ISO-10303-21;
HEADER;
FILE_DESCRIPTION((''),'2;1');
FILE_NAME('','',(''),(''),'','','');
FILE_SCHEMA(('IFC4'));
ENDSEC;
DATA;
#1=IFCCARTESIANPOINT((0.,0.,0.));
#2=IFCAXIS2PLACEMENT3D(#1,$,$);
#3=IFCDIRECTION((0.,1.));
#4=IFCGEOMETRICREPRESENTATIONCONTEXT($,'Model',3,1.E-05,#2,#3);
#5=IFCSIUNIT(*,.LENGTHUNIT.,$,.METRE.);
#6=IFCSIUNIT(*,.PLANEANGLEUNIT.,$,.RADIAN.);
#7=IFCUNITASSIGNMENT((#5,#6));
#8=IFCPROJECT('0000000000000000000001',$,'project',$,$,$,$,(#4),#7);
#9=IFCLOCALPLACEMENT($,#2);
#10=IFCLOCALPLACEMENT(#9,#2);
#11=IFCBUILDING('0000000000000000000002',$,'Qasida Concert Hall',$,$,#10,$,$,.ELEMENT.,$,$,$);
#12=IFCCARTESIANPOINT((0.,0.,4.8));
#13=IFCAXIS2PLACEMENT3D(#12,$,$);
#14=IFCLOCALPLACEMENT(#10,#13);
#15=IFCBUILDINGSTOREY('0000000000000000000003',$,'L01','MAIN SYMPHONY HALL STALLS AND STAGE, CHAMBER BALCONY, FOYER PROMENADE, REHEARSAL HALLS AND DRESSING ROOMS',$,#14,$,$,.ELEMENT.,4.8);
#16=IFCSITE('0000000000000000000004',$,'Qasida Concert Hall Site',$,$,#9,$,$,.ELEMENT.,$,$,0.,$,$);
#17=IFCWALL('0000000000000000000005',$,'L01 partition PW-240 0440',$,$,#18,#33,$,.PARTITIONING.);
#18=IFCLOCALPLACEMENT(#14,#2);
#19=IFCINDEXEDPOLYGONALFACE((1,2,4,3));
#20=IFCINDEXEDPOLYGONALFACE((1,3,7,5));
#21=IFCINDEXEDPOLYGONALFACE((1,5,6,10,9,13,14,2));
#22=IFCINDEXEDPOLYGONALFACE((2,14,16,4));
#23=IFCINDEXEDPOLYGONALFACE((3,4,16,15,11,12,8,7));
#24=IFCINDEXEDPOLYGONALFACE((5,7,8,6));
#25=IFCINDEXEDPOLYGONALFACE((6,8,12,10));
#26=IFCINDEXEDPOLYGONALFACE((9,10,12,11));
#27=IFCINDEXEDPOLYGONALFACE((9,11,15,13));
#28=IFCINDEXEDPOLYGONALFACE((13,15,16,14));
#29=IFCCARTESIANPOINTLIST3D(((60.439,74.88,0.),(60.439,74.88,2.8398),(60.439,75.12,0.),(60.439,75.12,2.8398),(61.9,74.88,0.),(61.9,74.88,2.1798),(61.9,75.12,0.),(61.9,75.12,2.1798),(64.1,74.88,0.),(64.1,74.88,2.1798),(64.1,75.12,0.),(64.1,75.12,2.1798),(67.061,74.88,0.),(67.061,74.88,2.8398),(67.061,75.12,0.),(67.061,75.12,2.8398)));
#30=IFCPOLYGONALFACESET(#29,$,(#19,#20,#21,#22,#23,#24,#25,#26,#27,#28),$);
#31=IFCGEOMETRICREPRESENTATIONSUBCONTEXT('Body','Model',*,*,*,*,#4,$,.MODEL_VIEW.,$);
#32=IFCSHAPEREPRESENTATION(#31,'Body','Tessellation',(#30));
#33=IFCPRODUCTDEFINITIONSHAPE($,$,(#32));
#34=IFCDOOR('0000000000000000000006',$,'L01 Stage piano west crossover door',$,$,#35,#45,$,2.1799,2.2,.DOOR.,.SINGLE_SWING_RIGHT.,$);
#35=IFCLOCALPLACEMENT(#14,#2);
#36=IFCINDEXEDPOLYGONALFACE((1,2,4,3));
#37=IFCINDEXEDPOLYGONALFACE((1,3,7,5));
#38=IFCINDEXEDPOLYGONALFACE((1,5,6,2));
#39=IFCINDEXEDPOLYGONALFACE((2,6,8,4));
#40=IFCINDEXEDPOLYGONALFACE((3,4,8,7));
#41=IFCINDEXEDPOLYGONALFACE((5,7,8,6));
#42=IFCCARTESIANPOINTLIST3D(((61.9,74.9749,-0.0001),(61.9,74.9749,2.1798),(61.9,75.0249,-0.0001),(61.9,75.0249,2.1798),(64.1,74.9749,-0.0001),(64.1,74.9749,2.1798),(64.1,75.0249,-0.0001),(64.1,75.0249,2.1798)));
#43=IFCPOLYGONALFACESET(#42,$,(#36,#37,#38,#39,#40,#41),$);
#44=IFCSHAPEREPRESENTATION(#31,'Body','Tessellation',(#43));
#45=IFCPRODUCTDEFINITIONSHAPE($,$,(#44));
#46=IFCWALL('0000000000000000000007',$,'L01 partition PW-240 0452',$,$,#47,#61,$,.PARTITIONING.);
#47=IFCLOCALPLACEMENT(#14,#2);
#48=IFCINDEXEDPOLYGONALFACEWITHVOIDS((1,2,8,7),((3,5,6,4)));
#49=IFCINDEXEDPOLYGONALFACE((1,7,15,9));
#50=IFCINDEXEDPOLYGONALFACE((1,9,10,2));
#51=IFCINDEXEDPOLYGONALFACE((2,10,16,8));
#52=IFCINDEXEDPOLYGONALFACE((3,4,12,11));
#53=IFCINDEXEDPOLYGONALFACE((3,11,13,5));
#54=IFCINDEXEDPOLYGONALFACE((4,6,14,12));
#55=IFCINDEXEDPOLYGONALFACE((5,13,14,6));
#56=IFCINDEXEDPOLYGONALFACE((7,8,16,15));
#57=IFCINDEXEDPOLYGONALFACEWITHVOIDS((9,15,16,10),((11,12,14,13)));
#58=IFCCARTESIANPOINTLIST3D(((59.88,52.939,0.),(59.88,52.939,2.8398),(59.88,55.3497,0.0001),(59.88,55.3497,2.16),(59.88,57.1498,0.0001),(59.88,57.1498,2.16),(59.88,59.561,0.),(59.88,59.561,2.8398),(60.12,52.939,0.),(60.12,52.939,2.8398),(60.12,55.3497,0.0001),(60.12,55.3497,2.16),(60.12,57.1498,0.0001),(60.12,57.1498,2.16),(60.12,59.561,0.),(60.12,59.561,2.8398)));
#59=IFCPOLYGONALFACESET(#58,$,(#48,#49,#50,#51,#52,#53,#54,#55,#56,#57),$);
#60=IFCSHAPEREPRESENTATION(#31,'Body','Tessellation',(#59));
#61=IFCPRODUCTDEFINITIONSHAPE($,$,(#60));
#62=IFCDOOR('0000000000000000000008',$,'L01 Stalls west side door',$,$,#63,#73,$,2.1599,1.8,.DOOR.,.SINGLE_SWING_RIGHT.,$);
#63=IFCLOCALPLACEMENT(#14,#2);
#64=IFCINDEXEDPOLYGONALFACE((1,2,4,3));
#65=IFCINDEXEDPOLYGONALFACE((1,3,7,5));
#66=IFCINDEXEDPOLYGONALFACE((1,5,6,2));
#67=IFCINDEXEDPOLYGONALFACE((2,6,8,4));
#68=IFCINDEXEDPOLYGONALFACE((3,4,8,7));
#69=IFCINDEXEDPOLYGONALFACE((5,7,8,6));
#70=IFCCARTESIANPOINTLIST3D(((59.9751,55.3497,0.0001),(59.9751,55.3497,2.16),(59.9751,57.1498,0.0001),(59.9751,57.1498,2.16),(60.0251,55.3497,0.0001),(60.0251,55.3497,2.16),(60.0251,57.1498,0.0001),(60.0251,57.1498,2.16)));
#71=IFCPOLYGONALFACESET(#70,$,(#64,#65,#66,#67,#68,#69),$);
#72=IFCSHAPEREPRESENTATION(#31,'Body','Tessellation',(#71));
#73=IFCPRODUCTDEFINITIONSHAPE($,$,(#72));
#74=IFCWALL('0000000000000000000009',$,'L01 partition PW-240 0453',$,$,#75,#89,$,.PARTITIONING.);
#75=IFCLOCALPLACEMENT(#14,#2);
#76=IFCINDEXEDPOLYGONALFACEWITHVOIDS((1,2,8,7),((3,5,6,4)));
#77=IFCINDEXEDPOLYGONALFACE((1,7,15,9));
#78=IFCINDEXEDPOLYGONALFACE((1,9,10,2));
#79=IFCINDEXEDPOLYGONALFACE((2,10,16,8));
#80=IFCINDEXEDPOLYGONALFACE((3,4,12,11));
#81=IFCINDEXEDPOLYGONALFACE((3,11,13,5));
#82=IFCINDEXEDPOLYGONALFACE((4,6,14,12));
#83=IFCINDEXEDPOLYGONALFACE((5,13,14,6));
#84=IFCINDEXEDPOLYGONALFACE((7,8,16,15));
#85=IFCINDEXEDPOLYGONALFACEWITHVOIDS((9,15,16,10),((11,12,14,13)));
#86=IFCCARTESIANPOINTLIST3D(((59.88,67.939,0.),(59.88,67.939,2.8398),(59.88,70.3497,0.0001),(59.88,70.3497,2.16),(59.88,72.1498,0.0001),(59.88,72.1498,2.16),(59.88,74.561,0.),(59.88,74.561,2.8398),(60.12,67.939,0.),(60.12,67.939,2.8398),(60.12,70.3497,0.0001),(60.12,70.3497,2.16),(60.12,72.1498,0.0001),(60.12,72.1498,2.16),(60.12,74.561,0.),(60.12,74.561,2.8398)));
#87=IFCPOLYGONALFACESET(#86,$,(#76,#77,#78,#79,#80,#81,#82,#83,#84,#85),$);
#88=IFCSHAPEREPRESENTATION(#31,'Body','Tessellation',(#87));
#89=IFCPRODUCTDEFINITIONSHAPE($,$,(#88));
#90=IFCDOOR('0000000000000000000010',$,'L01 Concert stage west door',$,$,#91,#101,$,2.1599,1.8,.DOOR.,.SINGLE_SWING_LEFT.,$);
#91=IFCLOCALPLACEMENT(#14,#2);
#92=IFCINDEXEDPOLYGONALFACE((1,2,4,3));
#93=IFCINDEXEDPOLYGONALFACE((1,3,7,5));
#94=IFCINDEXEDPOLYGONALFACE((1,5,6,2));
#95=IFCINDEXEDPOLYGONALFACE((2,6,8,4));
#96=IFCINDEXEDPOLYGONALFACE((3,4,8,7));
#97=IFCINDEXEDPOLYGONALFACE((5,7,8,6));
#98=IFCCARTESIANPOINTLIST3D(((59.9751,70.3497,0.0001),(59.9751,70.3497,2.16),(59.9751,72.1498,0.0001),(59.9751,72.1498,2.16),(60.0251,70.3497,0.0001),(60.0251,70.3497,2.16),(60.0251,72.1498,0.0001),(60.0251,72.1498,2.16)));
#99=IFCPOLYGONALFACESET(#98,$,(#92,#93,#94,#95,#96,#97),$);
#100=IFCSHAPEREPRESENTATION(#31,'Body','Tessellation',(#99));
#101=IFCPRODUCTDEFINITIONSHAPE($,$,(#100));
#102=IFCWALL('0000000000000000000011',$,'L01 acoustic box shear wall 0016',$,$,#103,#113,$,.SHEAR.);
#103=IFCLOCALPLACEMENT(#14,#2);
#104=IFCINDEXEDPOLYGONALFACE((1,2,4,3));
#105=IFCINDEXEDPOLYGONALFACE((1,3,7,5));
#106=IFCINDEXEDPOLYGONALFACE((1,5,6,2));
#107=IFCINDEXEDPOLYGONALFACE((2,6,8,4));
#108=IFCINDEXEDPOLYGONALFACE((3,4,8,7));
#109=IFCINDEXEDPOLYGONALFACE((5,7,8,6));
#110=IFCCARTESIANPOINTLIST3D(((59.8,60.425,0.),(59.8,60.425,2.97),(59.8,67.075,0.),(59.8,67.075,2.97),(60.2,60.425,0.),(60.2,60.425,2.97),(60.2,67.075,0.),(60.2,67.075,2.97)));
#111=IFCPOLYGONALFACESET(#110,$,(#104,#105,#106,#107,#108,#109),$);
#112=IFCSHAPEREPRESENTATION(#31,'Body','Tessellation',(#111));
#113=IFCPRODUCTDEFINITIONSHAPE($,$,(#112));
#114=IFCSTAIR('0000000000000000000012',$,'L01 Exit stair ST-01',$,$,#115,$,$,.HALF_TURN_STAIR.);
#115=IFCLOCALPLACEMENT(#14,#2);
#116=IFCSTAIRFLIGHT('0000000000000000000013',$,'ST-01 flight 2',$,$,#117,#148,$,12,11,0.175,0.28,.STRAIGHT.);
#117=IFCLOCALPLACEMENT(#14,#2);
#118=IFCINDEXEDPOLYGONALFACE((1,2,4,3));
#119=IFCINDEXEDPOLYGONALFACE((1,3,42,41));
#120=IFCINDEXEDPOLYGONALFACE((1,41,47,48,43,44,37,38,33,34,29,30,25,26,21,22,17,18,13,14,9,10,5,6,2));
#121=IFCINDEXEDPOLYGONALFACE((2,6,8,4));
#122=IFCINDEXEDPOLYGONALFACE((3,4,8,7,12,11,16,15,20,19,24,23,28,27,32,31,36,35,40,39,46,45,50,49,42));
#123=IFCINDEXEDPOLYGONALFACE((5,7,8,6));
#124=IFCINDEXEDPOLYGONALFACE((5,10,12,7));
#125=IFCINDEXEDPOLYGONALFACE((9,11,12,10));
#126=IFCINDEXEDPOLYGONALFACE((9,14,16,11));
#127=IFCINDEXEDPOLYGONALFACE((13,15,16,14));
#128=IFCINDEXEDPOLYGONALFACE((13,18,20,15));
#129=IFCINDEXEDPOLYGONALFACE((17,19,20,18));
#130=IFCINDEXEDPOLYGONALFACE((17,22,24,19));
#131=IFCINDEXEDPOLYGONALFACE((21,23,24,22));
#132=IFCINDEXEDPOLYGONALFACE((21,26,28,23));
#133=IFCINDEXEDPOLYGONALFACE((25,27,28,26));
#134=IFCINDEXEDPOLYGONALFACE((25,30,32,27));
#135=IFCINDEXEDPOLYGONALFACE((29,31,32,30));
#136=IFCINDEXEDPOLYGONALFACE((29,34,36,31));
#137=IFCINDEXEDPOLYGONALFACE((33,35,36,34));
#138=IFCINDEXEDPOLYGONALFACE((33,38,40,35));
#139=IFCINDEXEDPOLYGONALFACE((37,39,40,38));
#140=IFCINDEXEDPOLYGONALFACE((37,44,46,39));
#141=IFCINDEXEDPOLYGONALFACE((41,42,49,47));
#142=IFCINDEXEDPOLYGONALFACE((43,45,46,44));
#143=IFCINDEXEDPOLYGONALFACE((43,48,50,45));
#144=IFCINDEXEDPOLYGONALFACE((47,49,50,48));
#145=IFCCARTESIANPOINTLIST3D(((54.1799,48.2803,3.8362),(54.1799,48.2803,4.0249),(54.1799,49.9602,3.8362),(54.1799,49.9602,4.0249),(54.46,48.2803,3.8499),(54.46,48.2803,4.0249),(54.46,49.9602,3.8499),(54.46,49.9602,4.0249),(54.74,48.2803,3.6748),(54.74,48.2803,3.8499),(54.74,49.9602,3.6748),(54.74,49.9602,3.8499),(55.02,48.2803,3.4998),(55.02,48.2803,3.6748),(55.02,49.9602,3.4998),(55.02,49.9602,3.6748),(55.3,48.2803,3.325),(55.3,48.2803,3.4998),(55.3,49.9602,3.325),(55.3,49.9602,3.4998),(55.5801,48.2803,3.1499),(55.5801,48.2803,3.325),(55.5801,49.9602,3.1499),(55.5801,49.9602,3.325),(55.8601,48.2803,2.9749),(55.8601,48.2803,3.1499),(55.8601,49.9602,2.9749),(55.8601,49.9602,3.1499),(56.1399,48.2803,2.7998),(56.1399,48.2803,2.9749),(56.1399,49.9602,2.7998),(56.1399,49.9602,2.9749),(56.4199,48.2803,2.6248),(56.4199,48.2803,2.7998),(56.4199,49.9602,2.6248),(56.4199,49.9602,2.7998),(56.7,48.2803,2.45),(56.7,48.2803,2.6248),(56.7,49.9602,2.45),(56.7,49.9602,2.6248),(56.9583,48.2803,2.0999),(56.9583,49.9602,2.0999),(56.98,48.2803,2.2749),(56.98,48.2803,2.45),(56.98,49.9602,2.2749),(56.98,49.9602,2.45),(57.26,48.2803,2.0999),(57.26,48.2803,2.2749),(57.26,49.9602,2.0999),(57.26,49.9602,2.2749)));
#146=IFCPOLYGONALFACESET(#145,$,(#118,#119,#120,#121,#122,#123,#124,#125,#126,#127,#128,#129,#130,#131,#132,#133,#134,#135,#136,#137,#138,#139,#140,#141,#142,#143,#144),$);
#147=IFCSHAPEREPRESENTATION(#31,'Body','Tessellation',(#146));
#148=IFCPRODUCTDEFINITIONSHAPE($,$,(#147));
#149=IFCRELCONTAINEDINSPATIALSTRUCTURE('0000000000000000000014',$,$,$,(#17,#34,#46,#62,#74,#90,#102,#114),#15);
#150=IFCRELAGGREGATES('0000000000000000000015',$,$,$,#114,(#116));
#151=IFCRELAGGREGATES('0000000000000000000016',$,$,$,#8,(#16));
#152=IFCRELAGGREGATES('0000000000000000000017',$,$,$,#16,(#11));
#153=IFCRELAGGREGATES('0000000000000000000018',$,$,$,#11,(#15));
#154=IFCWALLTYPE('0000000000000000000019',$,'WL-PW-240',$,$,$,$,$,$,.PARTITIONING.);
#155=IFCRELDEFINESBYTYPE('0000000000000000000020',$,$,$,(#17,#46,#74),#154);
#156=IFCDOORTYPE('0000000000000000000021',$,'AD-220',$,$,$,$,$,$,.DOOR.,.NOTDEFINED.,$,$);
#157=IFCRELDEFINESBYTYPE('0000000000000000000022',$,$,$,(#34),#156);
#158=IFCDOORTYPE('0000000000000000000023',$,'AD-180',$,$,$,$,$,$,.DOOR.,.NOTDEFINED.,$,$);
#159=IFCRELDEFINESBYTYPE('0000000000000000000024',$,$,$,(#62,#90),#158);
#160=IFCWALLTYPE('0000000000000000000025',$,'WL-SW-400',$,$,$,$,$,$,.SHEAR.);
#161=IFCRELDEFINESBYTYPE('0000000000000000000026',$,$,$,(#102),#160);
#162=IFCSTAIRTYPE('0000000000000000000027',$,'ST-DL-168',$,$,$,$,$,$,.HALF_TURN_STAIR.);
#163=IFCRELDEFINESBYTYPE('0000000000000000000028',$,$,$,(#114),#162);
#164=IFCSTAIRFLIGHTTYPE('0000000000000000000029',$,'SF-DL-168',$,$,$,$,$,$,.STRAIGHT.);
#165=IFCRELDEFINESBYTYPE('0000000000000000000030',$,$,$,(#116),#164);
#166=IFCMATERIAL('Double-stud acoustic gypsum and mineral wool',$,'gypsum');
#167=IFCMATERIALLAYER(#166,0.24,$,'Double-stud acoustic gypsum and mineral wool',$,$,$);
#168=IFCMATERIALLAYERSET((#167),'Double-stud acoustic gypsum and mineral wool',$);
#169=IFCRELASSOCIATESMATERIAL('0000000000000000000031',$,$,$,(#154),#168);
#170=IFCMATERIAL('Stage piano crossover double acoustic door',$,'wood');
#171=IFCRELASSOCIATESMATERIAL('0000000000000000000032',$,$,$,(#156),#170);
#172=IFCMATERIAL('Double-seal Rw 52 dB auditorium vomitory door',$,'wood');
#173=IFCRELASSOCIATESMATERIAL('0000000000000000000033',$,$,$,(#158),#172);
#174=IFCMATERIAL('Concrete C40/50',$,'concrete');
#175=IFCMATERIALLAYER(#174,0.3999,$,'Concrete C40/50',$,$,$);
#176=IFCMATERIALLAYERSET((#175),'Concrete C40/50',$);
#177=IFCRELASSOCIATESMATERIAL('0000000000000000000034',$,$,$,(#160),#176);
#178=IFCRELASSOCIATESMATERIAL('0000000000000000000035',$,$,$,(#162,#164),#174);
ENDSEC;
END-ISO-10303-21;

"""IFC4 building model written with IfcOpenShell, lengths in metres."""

from ifc_helpers import new_model, si_unit, direction, frame, frame_2d, origin, place, context, subcontext, project, spatial, polyline, rectangle, outline, extrude, material, layer, layer_set, type_object, element, fill, aggregate, save


model = new_model("IFC4")

# Units and contexts
model_context = context("Model", 3, precision=1e-05, world=origin(), true_north=direction((0.0, 1.0)))
body_context = subcontext(model_context, "Body", "Model", "MODEL_VIEW")
ifc_project = project(units=[si_unit("LENGTHUNIT", "METRE"), si_unit("PLANEANGLEUNIT", "RADIAN")], contexts=[model_context])

# Site, building, storey
site_placement = place(None, origin())
site = spatial("IfcSite", under=ifc_project, at=site_placement, Name="Qasida Concert Hall Site", CompositionType="ELEMENT", RefElevation=0.0)
building_placement = place(site_placement, origin())
building = spatial("IfcBuilding", under=site, at=building_placement, Name="Qasida Concert Hall", CompositionType="ELEMENT")
storey_placement = place(building_placement, frame((0.0, 0.0, 4.8)))
storey = spatial("IfcBuildingStorey", under=building, at=storey_placement, Name="L01", Description="MAIN SYMPHONY HALL STALLS AND STAGE, CHAMBER BALCONY, FOYER PROMENADE, REHEARSAL HALLS AND DRESSING ROOMS", CompositionType="ELEMENT", Elevation=4.8)

# Shared definitions
ifc_material_1 = material(Name="Concrete C40/50", Category="concrete")

# Walls, openings, doors
ifc_material_2 = material(Name="Double-stud acoustic gypsum and mineral wool", Category="gypsum")
ifc_layer_1 = layer(ifc_material_2, 0.24, Name="Double-stud acoustic gypsum and mineral wool")
ifc_layer_set_1 = layer_set([ifc_layer_1], Name="Double-stud acoustic gypsum and mineral wool")
wall_type_1 = type_object("IfcWallType", Name="WL-PW-240", PredefinedType="PARTITIONING", material=ifc_layer_set_1)
wall_1_placement = place(storey_placement, frame((60.439, 75.0, 0.0), z_axis=(0.0, 0.0, 1.0), x_axis=(1.0, 0.0, 0.0)))
wall_1 = element("IfcWall", 1, at=wall_1_placement, inside=storey, type_object=wall_type_1, Name="L01 partition PW-240 0440", PredefinedType="PARTITIONING", context=body_context, shape_type="SweptSolid", body=[
    extrude(rectangle(XDim=6.6221, YDim=0.24, at=frame_2d((3.311, 0.0))), origin(), (0.0, 0.0, 1.0), 2.8398),
])
opening_1_placement = place(wall_1_placement, frame((1.4609, 0.0, 0.0)))
opening_1 = element("IfcOpeningElement", 2, at=opening_1_placement, cuts=wall_1, PredefinedType="OPENING", context=body_context, shape_type="SweptSolid", body=[
    extrude(rectangle(XDim=2.2, YDim=2.1799, at=frame_2d((1.1001, 1.0898))), frame((0.0, 0.1299, 0.0), z_axis=(0.0, -1.0, 0.0), x_axis=(1.0, 0.0, 0.0)), (0.0, 0.0, 1.0), 0.26),
])
ifc_material_3 = material(Name="Stage piano crossover double acoustic door", Category="wood")
door_type_1 = type_object("IfcDoorType", Name="AD-220", OperationType="NOTDEFINED", PredefinedType="DOOR", material=ifc_material_3)
door_1_placement = place(opening_1_placement, origin())
door_1 = element("IfcDoor", 3, at=door_1_placement, inside=storey, type_object=door_type_1, Name="L01 Stage piano west crossover door", OperationType="SINGLE_SWING_RIGHT", OverallHeight=2.1799, OverallWidth=2.2, PredefinedType="DOOR", context=body_context, shape_type="SweptSolid", body=[
    extrude(rectangle(XDim=2.2, YDim=2.1799, at=frame_2d((1.1001, 1.0898))), frame((0.0, 0.0249, 0.0), z_axis=(0.0, -1.0, 0.0), x_axis=(1.0, 0.0, 0.0)), (0.0, 0.0, 1.0), 0.05),
])
fill(opening_1, door_1)
wall_2_placement = place(storey_placement, frame((60.0, 52.939, 0.0), z_axis=(0.0, 0.0, 1.0), x_axis=(0.0, 1.0, 0.0)))
wall_2 = element("IfcWall", 4, at=wall_2_placement, inside=storey, type_object=wall_type_1, Name="L01 partition PW-240 0452", PredefinedType="PARTITIONING", context=body_context, shape_type="SweptSolid", body=[
    extrude(rectangle(XDim=6.6221, YDim=0.24, at=frame_2d((3.311, 0.0))), origin(), (0.0, 0.0, 1.0), 2.8398),
])
opening_2_placement = place(wall_2_placement, frame((2.4109, 0.0, 0.0)))
opening_2 = element("IfcOpeningElement", 5, at=opening_2_placement, cuts=wall_2, PredefinedType="OPENING", context=body_context, shape_type="SweptSolid", body=[
    extrude(rectangle(XDim=1.8, YDim=2.1599, at=frame_2d((0.8999, 1.0801))), frame((0.0, 0.1299, 0.0), z_axis=(0.0, -1.0, 0.0), x_axis=(1.0, 0.0, 0.0)), (0.0, 0.0, 1.0), 0.26),
])
ifc_material_4 = material(Name="Double-seal Rw 52 dB auditorium vomitory door", Category="wood")
door_type_2 = type_object("IfcDoorType", Name="AD-180", OperationType="NOTDEFINED", PredefinedType="DOOR", material=ifc_material_4)
door_2_placement = place(opening_2_placement, origin())
door_2 = element("IfcDoor", 6, at=door_2_placement, inside=storey, type_object=door_type_2, Name="L01 Stalls west side door", OperationType="SINGLE_SWING_RIGHT", OverallHeight=2.1599, OverallWidth=1.8, PredefinedType="DOOR", context=body_context, shape_type="SweptSolid", body=[
    extrude(rectangle(XDim=1.8, YDim=2.1599, at=frame_2d((0.8999, 1.0801))), frame((0.0, 0.0249, 0.0), z_axis=(0.0, -1.0, 0.0), x_axis=(1.0, 0.0, 0.0)), (0.0, 0.0, 1.0), 0.05),
])
fill(opening_2, door_2)
wall_3_placement = place(storey_placement, frame((60.0, 67.939, 0.0), z_axis=(0.0, 0.0, 1.0), x_axis=(0.0, 1.0, 0.0)))
wall_3 = element("IfcWall", 7, at=wall_3_placement, inside=storey, type_object=wall_type_1, Name="L01 partition PW-240 0453", PredefinedType="PARTITIONING", context=body_context, shape_type="SweptSolid", body=[
    extrude(rectangle(XDim=6.6221, YDim=0.24, at=frame_2d((3.311, 0.0))), origin(), (0.0, 0.0, 1.0), 2.8398),
])
opening_3_placement = place(wall_3_placement, frame((2.4109, 0.0, 0.0)))
opening_3 = element("IfcOpeningElement", 8, at=opening_3_placement, cuts=wall_3, PredefinedType="OPENING", context=body_context, shape_type="SweptSolid", body=[
    extrude(rectangle(XDim=1.8, YDim=2.1599, at=frame_2d((0.8999, 1.0801))), frame((0.0, 0.1299, 0.0), z_axis=(0.0, -1.0, 0.0), x_axis=(1.0, 0.0, 0.0)), (0.0, 0.0, 1.0), 0.26),
])
door_3_placement = place(opening_3_placement, origin())
door_3 = element("IfcDoor", 9, at=door_3_placement, inside=storey, type_object=door_type_2, Name="L01 Concert stage west door", OperationType="SINGLE_SWING_LEFT", OverallHeight=2.1599, OverallWidth=1.8, PredefinedType="DOOR", context=body_context, shape_type="SweptSolid", body=[
    extrude(rectangle(XDim=1.8, YDim=2.1599, at=frame_2d((0.8999, 1.0801))), frame((0.0, 0.0249, 0.0), z_axis=(0.0, -1.0, 0.0), x_axis=(1.0, 0.0, 0.0)), (0.0, 0.0, 1.0), 0.05),
])
fill(opening_3, door_3)

# Wall
ifc_layer_2 = layer(ifc_material_1, 0.3999, Name="Concrete C40/50")
ifc_layer_set_2 = layer_set([ifc_layer_2], Name="Concrete C40/50")
wall_type_2 = type_object("IfcWallType", Name="WL-SW-400", PredefinedType="SHEAR", material=ifc_layer_set_2)
wall_4_placement = place(storey_placement, frame((60.0, 60.425, 0.0), z_axis=(0.0, 0.0, 1.0), x_axis=(0.0, 1.0, 0.0)))
element("IfcWall", 10, at=wall_4_placement, inside=storey, type_object=wall_type_2, Name="L01 acoustic box shear wall 0016", PredefinedType="SHEAR", context=body_context, shape_type="SweptSolid", body=[
    extrude(rectangle(XDim=6.6499, YDim=0.3999, at=frame_2d((3.325, 0.0))), origin(), (0.0, 0.0, 1.0), 2.97),
])

# Stair, stair flight
stair_type = type_object("IfcStairType", Name="ST-DL-168", PredefinedType="HALF_TURN_STAIR", material=ifc_material_1)
stair_1_placement = place(storey_placement, origin())
stair_1 = element("IfcStair", 11, at=stair_1_placement, inside=storey, type_object=stair_type, Name="L01 Exit stair ST-01", PredefinedType="HALF_TURN_STAIR")
stair_flight_type = type_object("IfcStairFlightType", Name="SF-DL-168", PredefinedType="STRAIGHT", material=ifc_material_1)
stair_flight_1_placement = place(storey_placement, frame((57.26, 49.1201, 2.0999), z_axis=(0.0, 0.0, 1.0), x_axis=(-1.0, 0.0, 0.0)))
stair_flight_1 = element("IfcStairFlight", 12, at=stair_flight_1_placement, type_object=stair_flight_type, Name="ST-01 flight 2", NumberOfRisers=12, NumberOfTreads=11, PredefinedType="STRAIGHT", RiserHeight=0.175, TreadLength=0.28, context=body_context, shape_type="SweptSolid", body=[
    extrude(outline(polyline([(0.0, 0.0), (0.0, 0.175), (0.28, 0.175), (0.28, 0.3501), (0.5601, 0.3501), (0.5601, 0.5249), (0.8401, 0.5249), (0.8401, 0.7), (1.1201, 0.7), (1.1201, 0.875), (1.3999, 0.875), (1.3999, 1.05), (1.6799, 1.05), (1.6799, 1.2251), (1.96, 1.2251), (1.96, 1.3999), (2.24, 1.3999), (2.24, 1.575), (2.52, 1.575), (2.52, 1.75), (2.8, 1.75), (2.8, 1.925), (3.0801, 1.925), (3.0801, 2.1001), (3.0801, 1.7363), (0.3018, 0.0), (0.0, 0.0)])), frame((0.0, 0.8398, 0.0), z_axis=(0.0, -1.0, 0.0), x_axis=(1.0, 0.0, 0.0)), (0.0, 0.0, 1.0), 1.6799),
])
aggregate(stair_1, [stair_flight_1])

save(model, "model.ifc")
